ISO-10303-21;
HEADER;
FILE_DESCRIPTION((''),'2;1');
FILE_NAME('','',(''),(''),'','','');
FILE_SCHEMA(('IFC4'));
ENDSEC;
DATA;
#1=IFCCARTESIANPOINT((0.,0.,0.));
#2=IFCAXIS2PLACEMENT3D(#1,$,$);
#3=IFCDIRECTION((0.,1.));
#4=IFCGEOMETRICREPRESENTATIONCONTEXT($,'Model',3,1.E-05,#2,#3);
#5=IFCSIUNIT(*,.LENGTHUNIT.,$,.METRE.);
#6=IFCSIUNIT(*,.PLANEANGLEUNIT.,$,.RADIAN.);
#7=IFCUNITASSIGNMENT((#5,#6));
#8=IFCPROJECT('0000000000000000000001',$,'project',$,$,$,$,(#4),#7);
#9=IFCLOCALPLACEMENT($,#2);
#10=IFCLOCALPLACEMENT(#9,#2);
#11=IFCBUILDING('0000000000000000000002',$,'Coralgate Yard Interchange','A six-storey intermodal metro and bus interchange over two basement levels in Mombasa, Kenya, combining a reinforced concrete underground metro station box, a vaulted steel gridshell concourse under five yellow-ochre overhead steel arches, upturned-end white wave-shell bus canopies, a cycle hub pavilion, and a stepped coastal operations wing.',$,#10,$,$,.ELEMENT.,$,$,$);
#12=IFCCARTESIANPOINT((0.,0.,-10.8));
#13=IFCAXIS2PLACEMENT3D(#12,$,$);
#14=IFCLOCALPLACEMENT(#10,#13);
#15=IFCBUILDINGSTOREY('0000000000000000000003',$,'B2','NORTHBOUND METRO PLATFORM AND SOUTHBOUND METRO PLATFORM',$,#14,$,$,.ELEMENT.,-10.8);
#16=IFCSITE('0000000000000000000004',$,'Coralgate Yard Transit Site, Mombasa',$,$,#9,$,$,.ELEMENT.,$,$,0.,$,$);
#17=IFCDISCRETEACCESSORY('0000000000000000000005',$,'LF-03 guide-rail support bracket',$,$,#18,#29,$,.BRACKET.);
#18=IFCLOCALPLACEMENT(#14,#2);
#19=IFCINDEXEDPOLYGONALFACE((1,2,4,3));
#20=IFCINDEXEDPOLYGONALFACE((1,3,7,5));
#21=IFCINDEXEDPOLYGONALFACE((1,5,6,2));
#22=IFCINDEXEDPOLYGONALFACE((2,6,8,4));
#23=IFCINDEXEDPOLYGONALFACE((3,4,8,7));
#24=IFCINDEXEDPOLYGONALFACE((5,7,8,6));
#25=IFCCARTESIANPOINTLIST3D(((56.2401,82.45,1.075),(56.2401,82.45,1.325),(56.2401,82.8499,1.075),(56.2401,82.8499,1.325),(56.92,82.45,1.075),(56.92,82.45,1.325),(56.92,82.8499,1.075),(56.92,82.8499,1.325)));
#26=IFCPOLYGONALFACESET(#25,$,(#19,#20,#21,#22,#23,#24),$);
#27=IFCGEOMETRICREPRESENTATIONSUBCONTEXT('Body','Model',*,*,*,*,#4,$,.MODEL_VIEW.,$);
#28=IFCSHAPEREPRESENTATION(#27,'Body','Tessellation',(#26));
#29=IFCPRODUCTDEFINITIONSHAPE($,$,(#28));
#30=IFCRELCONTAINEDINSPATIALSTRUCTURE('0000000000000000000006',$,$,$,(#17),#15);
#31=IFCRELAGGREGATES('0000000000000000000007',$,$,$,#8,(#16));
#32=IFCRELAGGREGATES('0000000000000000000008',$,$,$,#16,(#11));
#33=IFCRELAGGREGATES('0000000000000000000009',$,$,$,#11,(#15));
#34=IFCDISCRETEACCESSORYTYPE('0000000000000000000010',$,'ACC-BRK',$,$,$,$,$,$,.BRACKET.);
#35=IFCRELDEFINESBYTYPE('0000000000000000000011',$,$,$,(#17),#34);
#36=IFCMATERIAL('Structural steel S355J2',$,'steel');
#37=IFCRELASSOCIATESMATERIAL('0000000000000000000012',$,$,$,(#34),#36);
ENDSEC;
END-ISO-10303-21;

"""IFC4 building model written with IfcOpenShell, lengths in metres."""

from ifc_helpers import new_model, si_unit, direction, frame, origin, origin_2d, place, context, subcontext, project, spatial, rectangle, extrude, material, type_object, element, save


model = new_model("IFC4")

# Units and contexts
model_context = context("Model", 3, precision=1e-05, world=origin(), true_north=direction((0.0, 1.0)))
body_context = subcontext(model_context, "Body", "Model", "MODEL_VIEW")
ifc_project = project(units=[si_unit("LENGTHUNIT", "METRE"), si_unit("PLANEANGLEUNIT", "RADIAN")], contexts=[model_context])

# Site, building, storey
site_placement = place(None, origin())
site = spatial("IfcSite", under=ifc_project, at=site_placement, Name="Coralgate Yard Transit Site, Mombasa", CompositionType="ELEMENT", RefElevation=0.0)
building_placement = place(site_placement, origin())
building = spatial("IfcBuilding", under=site, at=building_placement, Name="Coralgate Yard Interchange", Description="A six-storey intermodal metro and bus interchange over two basement levels in Mombasa, Kenya, combining a reinforced concrete underground metro station box, a vaulted steel gridshell concourse under five yellow-ochre overhead steel arches, upturned-end white wave-shell bus canopies, a cycle hub pavilion, and a stepped coastal operations wing.", CompositionType="ELEMENT")
storey_placement = place(building_placement, frame((0.0, 0.0, -10.8)))
storey = spatial("IfcBuildingStorey", under=building, at=storey_placement, Name="B2", Description="NORTHBOUND METRO PLATFORM AND SOUTHBOUND METRO PLATFORM", CompositionType="ELEMENT", Elevation=-10.8)

# Discrete accessory
ifc_material_1 = material(Name="Structural steel S355J2", Category="steel")
discrete_accessory_type = type_object("IfcDiscreteAccessoryType", Name="ACC-BRK", PredefinedType="BRACKET", material=ifc_material_1)
discrete_accessory_placement = place(storey_placement, frame((56.5801, 82.6499, 1.075), z_axis=(0.0, 0.0, 1.0), x_axis=(1.0, 0.0, 0.0)))
element("IfcDiscreteAccessory", 1, at=discrete_accessory_placement, inside=storey, type_object=discrete_accessory_type, Name="LF-03 guide-rail support bracket", PredefinedType="BRACKET", context=body_context, shape_type="SweptSolid", body=[
    extrude(rectangle(XDim=0.6799, YDim=0.3999, at=origin_2d()), origin(), (0.0, 0.0, 1.0), 0.25),
])

save(model, "model.ifc")
